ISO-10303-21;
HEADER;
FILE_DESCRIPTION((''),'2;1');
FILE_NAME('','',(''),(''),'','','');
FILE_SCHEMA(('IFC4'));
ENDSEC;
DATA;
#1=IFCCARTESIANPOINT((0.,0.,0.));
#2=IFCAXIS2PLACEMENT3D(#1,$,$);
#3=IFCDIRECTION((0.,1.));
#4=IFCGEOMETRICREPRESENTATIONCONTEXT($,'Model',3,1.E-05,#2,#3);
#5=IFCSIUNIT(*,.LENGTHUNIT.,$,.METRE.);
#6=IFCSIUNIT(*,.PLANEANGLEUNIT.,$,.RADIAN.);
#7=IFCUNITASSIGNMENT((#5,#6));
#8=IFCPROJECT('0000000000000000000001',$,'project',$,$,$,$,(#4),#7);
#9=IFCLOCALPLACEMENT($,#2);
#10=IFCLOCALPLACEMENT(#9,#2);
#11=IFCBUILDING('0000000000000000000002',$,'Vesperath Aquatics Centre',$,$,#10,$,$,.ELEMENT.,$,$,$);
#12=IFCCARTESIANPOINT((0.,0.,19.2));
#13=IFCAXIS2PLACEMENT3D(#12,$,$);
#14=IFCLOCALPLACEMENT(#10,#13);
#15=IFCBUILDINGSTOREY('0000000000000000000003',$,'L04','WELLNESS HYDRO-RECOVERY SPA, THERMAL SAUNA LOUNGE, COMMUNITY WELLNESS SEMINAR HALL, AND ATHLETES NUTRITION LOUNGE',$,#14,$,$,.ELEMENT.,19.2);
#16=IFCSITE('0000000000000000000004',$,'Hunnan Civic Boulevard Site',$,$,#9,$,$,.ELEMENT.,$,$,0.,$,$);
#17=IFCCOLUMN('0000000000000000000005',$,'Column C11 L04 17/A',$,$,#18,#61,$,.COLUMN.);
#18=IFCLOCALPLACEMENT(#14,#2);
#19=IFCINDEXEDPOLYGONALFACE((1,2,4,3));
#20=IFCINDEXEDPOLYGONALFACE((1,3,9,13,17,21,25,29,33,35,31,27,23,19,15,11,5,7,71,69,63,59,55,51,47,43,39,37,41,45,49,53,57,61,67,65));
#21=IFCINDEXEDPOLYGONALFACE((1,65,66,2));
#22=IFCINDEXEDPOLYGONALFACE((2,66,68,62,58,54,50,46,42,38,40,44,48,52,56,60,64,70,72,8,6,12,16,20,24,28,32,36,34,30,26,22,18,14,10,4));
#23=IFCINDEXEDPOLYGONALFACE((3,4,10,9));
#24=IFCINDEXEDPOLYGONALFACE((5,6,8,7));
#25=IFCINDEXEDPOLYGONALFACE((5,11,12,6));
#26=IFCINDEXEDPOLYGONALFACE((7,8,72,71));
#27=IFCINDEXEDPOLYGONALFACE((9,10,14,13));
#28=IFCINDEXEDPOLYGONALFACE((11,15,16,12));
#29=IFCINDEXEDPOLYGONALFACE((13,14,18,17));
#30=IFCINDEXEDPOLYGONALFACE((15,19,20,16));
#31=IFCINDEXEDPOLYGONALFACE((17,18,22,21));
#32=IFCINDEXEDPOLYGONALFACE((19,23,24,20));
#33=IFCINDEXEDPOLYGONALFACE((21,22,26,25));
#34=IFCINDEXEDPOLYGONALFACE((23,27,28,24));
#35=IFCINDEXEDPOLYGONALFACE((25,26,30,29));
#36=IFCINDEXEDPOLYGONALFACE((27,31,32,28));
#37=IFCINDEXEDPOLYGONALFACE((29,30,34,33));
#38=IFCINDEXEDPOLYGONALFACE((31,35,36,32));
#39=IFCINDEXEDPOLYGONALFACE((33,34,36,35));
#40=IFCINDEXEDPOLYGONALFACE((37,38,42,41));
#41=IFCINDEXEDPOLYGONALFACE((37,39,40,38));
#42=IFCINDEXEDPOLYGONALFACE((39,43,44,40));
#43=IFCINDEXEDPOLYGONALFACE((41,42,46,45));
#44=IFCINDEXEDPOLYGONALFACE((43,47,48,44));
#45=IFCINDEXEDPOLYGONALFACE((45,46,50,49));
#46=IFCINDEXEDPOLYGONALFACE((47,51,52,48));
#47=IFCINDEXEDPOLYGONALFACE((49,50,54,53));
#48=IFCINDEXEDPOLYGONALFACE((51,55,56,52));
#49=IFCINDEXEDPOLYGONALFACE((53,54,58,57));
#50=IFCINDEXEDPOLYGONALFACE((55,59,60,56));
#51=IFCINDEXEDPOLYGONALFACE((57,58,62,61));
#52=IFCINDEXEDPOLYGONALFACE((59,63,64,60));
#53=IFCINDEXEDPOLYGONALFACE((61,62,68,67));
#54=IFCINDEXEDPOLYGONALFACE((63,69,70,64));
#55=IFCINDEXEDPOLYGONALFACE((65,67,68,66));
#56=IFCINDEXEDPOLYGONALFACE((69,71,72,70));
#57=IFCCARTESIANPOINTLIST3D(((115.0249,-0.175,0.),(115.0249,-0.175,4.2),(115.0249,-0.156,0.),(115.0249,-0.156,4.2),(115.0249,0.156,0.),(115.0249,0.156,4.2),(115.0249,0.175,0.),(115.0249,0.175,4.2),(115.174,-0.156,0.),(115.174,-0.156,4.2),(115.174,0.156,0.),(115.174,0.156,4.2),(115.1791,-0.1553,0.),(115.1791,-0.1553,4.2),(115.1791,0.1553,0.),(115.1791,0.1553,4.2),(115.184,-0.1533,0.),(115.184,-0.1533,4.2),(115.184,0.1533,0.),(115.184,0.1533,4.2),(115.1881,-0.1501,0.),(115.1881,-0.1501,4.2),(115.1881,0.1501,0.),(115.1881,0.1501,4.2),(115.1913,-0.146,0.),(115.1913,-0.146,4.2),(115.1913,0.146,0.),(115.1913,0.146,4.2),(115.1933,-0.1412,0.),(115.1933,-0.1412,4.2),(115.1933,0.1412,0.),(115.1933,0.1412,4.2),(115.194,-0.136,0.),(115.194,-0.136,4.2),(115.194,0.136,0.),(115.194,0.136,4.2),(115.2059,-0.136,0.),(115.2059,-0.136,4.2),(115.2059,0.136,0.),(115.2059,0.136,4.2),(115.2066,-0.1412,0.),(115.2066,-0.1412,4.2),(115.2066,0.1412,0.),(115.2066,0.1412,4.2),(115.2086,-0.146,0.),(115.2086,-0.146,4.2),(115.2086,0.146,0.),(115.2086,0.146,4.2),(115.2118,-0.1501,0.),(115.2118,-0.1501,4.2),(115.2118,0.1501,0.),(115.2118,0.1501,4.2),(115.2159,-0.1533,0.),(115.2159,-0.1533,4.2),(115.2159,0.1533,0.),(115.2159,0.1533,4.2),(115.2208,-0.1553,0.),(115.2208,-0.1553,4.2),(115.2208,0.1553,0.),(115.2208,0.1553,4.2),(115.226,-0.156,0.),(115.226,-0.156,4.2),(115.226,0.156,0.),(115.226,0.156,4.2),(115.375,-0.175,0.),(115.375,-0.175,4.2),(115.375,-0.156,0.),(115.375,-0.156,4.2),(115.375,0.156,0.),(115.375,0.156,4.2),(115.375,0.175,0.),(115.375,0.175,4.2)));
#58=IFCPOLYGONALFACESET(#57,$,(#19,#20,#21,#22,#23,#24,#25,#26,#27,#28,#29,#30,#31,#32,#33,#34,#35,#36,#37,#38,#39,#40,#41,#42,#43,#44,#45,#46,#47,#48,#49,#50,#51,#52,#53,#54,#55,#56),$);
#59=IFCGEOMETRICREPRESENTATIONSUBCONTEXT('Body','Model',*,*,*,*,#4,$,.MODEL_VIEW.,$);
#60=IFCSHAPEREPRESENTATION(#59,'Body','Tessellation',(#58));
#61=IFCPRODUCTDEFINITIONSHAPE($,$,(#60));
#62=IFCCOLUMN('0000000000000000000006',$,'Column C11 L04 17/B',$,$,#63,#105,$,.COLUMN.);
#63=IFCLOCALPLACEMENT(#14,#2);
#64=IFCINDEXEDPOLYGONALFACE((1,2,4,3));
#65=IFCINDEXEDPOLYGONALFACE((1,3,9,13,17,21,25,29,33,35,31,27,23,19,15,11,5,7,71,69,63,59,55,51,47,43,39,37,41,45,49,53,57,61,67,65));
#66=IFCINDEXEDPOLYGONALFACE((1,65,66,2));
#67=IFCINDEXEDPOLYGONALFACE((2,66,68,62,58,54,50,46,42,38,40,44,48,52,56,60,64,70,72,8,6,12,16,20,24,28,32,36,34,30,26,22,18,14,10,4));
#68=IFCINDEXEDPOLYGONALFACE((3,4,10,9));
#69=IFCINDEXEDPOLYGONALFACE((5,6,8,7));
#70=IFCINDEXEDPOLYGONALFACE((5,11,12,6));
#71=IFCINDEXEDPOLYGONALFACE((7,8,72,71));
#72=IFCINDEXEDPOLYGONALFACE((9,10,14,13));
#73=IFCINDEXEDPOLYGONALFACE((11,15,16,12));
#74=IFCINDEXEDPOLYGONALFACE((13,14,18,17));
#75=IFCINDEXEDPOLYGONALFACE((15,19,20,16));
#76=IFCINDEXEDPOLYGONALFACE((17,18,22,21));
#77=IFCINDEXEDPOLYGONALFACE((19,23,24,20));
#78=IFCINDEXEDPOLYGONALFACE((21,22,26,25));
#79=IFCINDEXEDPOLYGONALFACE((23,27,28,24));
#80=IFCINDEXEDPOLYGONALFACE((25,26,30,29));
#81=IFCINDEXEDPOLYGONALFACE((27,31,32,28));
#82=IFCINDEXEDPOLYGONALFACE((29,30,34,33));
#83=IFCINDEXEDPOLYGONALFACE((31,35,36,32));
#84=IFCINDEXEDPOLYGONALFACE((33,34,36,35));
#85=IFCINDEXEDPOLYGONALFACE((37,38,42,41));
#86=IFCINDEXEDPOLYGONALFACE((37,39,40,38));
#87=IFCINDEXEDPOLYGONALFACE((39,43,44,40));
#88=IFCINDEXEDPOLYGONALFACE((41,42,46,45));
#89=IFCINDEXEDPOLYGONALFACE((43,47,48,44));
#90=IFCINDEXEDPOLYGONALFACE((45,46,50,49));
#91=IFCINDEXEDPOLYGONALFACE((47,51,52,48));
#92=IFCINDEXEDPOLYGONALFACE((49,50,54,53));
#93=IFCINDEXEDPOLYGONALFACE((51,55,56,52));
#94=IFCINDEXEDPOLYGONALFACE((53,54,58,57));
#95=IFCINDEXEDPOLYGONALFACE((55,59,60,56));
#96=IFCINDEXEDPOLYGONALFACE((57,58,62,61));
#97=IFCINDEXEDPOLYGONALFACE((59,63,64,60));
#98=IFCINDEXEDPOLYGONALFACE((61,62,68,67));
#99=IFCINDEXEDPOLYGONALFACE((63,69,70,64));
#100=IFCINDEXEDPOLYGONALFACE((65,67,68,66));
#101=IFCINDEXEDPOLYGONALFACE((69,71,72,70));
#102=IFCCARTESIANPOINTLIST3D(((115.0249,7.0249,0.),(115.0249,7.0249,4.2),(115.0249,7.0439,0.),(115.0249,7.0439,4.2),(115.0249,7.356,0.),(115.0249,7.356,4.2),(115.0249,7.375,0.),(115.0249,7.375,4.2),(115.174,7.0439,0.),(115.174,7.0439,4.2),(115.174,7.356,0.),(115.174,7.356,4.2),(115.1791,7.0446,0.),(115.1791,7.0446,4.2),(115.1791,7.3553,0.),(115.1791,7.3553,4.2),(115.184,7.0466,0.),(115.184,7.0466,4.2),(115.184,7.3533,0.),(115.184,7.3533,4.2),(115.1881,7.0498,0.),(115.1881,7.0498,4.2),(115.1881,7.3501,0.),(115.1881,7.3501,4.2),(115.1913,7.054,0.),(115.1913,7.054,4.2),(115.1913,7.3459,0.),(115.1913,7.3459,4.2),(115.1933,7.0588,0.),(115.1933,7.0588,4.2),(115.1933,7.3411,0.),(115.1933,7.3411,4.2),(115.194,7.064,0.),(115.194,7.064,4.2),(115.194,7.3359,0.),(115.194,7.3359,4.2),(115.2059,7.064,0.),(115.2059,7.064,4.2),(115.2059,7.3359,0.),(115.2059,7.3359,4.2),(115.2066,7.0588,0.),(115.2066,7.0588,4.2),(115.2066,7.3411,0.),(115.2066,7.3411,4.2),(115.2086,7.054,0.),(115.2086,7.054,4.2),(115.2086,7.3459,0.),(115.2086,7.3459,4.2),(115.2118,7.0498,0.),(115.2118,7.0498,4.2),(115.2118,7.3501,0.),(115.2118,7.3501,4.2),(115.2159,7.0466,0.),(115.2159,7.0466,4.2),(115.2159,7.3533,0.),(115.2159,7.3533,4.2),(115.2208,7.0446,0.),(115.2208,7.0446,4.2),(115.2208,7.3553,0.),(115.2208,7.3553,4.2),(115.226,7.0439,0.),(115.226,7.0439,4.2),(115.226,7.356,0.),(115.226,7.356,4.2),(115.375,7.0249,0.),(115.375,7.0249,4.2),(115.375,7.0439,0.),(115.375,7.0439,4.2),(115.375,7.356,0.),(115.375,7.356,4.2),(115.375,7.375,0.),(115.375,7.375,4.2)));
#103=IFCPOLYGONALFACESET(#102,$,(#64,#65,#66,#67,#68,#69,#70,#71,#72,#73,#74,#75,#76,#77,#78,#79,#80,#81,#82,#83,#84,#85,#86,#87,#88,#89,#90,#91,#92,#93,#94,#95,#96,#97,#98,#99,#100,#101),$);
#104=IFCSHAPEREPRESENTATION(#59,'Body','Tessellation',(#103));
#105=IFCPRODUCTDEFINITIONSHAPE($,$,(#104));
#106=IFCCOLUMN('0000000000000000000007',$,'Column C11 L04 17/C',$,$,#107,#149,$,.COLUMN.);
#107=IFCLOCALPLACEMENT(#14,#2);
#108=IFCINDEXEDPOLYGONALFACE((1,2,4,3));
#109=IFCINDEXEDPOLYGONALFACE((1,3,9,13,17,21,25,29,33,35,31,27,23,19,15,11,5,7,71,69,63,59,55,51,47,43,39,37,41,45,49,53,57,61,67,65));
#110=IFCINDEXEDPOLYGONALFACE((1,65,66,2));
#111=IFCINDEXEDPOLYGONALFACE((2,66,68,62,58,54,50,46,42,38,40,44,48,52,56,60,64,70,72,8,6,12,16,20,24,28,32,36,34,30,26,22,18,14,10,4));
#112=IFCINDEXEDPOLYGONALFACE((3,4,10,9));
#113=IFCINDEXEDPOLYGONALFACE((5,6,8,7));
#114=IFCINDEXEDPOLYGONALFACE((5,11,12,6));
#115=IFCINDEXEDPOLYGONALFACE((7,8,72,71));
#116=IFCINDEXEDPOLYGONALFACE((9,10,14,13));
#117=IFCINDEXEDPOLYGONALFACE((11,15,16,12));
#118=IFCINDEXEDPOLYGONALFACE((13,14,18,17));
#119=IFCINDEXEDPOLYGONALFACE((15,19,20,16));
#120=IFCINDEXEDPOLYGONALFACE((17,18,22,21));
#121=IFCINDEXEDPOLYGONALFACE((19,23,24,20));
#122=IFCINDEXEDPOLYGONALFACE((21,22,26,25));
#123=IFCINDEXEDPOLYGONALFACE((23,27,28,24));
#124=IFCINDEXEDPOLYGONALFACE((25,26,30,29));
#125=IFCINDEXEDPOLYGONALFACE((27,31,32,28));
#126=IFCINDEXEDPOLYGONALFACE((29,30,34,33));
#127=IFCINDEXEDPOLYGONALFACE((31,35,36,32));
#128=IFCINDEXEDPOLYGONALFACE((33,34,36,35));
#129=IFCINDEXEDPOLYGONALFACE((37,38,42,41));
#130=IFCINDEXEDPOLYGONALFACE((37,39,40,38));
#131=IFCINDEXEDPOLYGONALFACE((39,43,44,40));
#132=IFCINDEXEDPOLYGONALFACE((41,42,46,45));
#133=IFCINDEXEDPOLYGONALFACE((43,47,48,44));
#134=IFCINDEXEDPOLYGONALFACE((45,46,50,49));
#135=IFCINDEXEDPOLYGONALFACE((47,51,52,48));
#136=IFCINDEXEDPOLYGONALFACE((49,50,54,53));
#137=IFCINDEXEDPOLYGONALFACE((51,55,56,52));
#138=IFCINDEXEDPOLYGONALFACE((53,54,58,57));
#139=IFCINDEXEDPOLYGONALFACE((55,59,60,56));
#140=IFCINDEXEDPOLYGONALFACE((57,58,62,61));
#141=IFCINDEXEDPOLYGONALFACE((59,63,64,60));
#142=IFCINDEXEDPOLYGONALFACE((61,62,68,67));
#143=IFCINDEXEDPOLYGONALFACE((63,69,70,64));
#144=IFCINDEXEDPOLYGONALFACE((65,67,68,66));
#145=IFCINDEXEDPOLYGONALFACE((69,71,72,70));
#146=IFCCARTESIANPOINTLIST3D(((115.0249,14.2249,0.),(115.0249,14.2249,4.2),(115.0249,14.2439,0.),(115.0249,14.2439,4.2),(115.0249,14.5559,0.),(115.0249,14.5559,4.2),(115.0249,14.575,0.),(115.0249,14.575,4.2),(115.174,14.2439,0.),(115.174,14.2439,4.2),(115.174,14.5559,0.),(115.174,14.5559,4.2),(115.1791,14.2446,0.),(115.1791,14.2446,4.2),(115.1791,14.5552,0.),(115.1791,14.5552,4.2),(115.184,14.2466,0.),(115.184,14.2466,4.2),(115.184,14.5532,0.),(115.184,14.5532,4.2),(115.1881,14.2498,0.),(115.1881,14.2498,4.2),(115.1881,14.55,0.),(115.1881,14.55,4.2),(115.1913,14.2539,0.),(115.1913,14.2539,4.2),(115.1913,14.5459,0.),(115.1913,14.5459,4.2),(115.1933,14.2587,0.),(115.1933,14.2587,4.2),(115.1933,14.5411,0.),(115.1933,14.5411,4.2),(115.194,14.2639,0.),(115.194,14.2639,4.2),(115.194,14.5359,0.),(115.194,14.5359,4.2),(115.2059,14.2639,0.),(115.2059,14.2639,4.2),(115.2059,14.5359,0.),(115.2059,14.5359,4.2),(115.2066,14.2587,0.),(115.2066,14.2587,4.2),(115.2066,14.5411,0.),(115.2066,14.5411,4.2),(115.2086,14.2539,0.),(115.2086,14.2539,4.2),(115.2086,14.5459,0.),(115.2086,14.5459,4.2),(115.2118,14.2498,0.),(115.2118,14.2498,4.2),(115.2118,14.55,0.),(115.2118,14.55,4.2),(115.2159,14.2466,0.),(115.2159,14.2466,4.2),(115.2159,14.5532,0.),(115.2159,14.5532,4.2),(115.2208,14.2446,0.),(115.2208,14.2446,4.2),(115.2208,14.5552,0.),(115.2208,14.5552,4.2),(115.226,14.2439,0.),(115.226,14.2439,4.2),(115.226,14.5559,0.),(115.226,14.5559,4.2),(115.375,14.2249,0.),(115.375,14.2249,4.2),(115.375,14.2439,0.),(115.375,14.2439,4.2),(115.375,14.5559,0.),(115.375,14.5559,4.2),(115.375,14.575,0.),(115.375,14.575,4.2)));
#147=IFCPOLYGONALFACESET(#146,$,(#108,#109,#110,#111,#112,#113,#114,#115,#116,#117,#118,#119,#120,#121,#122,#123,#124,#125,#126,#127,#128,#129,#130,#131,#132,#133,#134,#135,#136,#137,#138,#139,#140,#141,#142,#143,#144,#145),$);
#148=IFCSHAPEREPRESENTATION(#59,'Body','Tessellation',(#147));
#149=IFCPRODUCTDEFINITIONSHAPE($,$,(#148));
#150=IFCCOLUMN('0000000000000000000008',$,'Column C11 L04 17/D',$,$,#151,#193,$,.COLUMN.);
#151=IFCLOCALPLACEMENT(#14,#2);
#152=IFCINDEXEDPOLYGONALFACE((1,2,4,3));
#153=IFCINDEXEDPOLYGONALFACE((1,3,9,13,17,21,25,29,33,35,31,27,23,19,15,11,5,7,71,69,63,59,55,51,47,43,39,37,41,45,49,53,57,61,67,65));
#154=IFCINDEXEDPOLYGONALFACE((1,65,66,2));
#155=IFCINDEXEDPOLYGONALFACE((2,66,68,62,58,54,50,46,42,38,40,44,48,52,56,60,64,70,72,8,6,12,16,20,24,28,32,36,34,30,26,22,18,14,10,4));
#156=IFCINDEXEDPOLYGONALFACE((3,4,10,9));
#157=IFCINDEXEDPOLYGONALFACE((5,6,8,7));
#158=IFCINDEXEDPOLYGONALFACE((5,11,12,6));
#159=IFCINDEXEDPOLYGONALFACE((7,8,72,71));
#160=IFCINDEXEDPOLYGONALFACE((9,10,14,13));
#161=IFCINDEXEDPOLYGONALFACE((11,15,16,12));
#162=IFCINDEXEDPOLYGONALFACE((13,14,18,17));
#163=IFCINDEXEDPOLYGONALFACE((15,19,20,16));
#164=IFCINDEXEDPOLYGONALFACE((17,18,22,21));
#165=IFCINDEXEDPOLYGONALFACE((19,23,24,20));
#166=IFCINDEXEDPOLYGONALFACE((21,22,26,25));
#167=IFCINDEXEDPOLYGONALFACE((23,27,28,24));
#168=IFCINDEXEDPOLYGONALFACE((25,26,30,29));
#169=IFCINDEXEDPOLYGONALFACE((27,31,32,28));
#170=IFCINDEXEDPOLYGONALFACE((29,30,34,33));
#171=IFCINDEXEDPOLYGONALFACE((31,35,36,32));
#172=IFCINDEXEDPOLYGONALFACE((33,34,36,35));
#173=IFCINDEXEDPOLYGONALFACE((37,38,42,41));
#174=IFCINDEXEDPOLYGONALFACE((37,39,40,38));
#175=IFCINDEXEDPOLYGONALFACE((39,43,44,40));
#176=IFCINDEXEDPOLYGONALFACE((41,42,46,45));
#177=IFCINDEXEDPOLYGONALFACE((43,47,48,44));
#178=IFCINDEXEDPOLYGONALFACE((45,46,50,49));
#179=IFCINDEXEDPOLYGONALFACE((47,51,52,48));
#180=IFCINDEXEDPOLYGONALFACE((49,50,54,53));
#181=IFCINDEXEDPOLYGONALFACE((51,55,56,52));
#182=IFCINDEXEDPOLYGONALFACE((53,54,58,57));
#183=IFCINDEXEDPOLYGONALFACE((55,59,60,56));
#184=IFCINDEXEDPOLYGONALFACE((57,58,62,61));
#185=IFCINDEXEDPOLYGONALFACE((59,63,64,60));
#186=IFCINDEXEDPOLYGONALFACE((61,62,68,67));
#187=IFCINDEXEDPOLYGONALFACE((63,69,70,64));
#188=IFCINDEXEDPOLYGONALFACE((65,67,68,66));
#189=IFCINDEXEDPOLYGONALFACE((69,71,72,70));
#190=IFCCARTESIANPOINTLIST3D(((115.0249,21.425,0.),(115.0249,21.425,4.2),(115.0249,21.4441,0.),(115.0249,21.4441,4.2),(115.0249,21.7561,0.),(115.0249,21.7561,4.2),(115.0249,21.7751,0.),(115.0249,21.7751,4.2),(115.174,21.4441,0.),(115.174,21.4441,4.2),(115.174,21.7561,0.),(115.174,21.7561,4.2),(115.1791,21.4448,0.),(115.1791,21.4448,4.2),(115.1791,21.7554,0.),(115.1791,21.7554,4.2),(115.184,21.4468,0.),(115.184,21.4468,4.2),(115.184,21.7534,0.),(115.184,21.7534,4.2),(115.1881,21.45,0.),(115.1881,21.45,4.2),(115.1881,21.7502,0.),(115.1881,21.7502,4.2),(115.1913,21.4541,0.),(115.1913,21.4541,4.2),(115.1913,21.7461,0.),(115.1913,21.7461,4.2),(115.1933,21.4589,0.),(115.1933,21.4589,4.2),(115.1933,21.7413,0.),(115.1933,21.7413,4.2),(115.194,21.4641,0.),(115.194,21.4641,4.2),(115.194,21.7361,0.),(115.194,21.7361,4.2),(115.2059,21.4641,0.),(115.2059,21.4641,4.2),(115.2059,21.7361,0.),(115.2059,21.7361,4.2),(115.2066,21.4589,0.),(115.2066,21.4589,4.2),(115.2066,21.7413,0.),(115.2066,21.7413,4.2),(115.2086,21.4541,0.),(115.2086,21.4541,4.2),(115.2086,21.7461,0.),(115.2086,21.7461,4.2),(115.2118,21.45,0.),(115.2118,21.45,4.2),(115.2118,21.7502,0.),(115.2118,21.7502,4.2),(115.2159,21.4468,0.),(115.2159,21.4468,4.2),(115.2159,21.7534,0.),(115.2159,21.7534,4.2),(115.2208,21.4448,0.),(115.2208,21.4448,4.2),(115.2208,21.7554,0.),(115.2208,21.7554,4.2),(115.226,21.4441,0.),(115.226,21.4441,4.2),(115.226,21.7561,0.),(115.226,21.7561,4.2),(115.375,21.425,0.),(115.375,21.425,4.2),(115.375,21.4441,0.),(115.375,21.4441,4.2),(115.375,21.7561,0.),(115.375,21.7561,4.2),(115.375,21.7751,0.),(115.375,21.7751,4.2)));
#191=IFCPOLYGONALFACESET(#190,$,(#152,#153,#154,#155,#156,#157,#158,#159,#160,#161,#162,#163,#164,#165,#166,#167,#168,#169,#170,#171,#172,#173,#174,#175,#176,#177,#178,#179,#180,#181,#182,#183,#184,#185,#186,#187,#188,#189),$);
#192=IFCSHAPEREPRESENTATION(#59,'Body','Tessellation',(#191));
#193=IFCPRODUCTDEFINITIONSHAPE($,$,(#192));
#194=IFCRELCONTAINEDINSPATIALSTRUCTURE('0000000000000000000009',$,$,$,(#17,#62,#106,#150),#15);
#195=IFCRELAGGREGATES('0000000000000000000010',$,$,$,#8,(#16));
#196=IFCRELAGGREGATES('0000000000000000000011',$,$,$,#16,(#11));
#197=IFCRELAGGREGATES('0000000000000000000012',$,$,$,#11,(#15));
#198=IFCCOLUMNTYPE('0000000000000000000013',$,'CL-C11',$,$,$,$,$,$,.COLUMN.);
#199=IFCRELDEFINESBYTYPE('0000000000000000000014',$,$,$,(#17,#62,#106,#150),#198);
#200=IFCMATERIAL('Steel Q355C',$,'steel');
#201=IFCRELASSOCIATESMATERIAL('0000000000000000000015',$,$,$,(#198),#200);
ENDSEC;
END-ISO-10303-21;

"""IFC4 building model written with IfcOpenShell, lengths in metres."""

from ifc_helpers import new_model, si_unit, direction, frame, origin, origin_2d, place, context, subcontext, project, spatial, i_section, extrude, material, material_profile, profile_set, type_object, element, save


model = new_model("IFC4")

# Units and contexts
model_context = context("Model", 3, precision=1e-05, world=origin(), true_north=direction((0.0, 1.0)))
body_context = subcontext(model_context, "Body", "Model", "MODEL_VIEW")
ifc_project = project(units=[si_unit("LENGTHUNIT", "METRE"), si_unit("PLANEANGLEUNIT", "RADIAN")], contexts=[model_context])

# Site, building, storey
site_placement = place(None, origin())
site = spatial("IfcSite", under=ifc_project, at=site_placement, Name="Hunnan Civic Boulevard Site", CompositionType="ELEMENT", RefElevation=0.0)
building_placement = place(site_placement, origin())
building = spatial("IfcBuilding", under=site, at=building_placement, Name="Vesperath Aquatics Centre", CompositionType="ELEMENT")
storey_placement = place(building_placement, frame((0.0, 0.0, 19.2)))
storey = spatial("IfcBuildingStorey", under=building, at=storey_placement, Name="L04", Description="WELLNESS HYDRO-RECOVERY SPA, THERMAL SAUNA LOUNGE, COMMUNITY WELLNESS SEMINAR HALL, AND ATHLETES NUTRITION LOUNGE", CompositionType="ELEMENT", Elevation=19.2)

# Columns
ifc_material_1 = material(Name="Steel Q355C", Category="steel")
ifc_material_profile_1 = material_profile(ifc_material_1, i_section(OverallWidth=0.3501, OverallDepth=0.3501, WebThickness=0.012, FlangeThickness=0.019, FilletRadius=0.02, at=origin_2d()), Name="HW 350x350x12x19")
ifc_profile_set_1 = profile_set([ifc_material_profile_1], Name="Steel Q355C")
column_type_1 = type_object("IfcColumnType", Name="CL-C11", PredefinedType="COLUMN", material=ifc_profile_set_1)
for number, where, z_axis, x_axis, name in (
    (1, (115.2, 0.0, 0.0), (0.0, 0.0, 1.0), (1.0, 0.0, 0.0), "Column C11 L04 17/A"),
    (2, (115.2, 7.2, 0.0), (0.0, 0.0, 1.0), (1.0, 0.0, 0.0), "Column C11 L04 17/B"),
    (3, (115.2, 14.3999, 0.0), (0.0, 0.0, 1.0), (1.0, 0.0, 0.0), "Column C11 L04 17/C"),
    (4, (115.2, 21.6001, 0.0), (0.0, 0.0, 1.0), (1.0, 0.0, 0.0), "Column C11 L04 17/D"),
):
    element("IfcColumn", number, at=place(storey_placement, frame(where, z_axis=z_axis, x_axis=x_axis)), inside=storey, type_object=column_type_1, Name=name, PredefinedType="COLUMN", context=body_context, shape_type="SweptSolid", body=[
        extrude(i_section(OverallWidth=0.3501, OverallDepth=0.3501, WebThickness=0.012, FlangeThickness=0.019, FilletRadius=0.02, at=origin_2d()), origin(), (0.0, 0.0, 1.0), 4.2),
    ])

save(model, "model.ifc")
